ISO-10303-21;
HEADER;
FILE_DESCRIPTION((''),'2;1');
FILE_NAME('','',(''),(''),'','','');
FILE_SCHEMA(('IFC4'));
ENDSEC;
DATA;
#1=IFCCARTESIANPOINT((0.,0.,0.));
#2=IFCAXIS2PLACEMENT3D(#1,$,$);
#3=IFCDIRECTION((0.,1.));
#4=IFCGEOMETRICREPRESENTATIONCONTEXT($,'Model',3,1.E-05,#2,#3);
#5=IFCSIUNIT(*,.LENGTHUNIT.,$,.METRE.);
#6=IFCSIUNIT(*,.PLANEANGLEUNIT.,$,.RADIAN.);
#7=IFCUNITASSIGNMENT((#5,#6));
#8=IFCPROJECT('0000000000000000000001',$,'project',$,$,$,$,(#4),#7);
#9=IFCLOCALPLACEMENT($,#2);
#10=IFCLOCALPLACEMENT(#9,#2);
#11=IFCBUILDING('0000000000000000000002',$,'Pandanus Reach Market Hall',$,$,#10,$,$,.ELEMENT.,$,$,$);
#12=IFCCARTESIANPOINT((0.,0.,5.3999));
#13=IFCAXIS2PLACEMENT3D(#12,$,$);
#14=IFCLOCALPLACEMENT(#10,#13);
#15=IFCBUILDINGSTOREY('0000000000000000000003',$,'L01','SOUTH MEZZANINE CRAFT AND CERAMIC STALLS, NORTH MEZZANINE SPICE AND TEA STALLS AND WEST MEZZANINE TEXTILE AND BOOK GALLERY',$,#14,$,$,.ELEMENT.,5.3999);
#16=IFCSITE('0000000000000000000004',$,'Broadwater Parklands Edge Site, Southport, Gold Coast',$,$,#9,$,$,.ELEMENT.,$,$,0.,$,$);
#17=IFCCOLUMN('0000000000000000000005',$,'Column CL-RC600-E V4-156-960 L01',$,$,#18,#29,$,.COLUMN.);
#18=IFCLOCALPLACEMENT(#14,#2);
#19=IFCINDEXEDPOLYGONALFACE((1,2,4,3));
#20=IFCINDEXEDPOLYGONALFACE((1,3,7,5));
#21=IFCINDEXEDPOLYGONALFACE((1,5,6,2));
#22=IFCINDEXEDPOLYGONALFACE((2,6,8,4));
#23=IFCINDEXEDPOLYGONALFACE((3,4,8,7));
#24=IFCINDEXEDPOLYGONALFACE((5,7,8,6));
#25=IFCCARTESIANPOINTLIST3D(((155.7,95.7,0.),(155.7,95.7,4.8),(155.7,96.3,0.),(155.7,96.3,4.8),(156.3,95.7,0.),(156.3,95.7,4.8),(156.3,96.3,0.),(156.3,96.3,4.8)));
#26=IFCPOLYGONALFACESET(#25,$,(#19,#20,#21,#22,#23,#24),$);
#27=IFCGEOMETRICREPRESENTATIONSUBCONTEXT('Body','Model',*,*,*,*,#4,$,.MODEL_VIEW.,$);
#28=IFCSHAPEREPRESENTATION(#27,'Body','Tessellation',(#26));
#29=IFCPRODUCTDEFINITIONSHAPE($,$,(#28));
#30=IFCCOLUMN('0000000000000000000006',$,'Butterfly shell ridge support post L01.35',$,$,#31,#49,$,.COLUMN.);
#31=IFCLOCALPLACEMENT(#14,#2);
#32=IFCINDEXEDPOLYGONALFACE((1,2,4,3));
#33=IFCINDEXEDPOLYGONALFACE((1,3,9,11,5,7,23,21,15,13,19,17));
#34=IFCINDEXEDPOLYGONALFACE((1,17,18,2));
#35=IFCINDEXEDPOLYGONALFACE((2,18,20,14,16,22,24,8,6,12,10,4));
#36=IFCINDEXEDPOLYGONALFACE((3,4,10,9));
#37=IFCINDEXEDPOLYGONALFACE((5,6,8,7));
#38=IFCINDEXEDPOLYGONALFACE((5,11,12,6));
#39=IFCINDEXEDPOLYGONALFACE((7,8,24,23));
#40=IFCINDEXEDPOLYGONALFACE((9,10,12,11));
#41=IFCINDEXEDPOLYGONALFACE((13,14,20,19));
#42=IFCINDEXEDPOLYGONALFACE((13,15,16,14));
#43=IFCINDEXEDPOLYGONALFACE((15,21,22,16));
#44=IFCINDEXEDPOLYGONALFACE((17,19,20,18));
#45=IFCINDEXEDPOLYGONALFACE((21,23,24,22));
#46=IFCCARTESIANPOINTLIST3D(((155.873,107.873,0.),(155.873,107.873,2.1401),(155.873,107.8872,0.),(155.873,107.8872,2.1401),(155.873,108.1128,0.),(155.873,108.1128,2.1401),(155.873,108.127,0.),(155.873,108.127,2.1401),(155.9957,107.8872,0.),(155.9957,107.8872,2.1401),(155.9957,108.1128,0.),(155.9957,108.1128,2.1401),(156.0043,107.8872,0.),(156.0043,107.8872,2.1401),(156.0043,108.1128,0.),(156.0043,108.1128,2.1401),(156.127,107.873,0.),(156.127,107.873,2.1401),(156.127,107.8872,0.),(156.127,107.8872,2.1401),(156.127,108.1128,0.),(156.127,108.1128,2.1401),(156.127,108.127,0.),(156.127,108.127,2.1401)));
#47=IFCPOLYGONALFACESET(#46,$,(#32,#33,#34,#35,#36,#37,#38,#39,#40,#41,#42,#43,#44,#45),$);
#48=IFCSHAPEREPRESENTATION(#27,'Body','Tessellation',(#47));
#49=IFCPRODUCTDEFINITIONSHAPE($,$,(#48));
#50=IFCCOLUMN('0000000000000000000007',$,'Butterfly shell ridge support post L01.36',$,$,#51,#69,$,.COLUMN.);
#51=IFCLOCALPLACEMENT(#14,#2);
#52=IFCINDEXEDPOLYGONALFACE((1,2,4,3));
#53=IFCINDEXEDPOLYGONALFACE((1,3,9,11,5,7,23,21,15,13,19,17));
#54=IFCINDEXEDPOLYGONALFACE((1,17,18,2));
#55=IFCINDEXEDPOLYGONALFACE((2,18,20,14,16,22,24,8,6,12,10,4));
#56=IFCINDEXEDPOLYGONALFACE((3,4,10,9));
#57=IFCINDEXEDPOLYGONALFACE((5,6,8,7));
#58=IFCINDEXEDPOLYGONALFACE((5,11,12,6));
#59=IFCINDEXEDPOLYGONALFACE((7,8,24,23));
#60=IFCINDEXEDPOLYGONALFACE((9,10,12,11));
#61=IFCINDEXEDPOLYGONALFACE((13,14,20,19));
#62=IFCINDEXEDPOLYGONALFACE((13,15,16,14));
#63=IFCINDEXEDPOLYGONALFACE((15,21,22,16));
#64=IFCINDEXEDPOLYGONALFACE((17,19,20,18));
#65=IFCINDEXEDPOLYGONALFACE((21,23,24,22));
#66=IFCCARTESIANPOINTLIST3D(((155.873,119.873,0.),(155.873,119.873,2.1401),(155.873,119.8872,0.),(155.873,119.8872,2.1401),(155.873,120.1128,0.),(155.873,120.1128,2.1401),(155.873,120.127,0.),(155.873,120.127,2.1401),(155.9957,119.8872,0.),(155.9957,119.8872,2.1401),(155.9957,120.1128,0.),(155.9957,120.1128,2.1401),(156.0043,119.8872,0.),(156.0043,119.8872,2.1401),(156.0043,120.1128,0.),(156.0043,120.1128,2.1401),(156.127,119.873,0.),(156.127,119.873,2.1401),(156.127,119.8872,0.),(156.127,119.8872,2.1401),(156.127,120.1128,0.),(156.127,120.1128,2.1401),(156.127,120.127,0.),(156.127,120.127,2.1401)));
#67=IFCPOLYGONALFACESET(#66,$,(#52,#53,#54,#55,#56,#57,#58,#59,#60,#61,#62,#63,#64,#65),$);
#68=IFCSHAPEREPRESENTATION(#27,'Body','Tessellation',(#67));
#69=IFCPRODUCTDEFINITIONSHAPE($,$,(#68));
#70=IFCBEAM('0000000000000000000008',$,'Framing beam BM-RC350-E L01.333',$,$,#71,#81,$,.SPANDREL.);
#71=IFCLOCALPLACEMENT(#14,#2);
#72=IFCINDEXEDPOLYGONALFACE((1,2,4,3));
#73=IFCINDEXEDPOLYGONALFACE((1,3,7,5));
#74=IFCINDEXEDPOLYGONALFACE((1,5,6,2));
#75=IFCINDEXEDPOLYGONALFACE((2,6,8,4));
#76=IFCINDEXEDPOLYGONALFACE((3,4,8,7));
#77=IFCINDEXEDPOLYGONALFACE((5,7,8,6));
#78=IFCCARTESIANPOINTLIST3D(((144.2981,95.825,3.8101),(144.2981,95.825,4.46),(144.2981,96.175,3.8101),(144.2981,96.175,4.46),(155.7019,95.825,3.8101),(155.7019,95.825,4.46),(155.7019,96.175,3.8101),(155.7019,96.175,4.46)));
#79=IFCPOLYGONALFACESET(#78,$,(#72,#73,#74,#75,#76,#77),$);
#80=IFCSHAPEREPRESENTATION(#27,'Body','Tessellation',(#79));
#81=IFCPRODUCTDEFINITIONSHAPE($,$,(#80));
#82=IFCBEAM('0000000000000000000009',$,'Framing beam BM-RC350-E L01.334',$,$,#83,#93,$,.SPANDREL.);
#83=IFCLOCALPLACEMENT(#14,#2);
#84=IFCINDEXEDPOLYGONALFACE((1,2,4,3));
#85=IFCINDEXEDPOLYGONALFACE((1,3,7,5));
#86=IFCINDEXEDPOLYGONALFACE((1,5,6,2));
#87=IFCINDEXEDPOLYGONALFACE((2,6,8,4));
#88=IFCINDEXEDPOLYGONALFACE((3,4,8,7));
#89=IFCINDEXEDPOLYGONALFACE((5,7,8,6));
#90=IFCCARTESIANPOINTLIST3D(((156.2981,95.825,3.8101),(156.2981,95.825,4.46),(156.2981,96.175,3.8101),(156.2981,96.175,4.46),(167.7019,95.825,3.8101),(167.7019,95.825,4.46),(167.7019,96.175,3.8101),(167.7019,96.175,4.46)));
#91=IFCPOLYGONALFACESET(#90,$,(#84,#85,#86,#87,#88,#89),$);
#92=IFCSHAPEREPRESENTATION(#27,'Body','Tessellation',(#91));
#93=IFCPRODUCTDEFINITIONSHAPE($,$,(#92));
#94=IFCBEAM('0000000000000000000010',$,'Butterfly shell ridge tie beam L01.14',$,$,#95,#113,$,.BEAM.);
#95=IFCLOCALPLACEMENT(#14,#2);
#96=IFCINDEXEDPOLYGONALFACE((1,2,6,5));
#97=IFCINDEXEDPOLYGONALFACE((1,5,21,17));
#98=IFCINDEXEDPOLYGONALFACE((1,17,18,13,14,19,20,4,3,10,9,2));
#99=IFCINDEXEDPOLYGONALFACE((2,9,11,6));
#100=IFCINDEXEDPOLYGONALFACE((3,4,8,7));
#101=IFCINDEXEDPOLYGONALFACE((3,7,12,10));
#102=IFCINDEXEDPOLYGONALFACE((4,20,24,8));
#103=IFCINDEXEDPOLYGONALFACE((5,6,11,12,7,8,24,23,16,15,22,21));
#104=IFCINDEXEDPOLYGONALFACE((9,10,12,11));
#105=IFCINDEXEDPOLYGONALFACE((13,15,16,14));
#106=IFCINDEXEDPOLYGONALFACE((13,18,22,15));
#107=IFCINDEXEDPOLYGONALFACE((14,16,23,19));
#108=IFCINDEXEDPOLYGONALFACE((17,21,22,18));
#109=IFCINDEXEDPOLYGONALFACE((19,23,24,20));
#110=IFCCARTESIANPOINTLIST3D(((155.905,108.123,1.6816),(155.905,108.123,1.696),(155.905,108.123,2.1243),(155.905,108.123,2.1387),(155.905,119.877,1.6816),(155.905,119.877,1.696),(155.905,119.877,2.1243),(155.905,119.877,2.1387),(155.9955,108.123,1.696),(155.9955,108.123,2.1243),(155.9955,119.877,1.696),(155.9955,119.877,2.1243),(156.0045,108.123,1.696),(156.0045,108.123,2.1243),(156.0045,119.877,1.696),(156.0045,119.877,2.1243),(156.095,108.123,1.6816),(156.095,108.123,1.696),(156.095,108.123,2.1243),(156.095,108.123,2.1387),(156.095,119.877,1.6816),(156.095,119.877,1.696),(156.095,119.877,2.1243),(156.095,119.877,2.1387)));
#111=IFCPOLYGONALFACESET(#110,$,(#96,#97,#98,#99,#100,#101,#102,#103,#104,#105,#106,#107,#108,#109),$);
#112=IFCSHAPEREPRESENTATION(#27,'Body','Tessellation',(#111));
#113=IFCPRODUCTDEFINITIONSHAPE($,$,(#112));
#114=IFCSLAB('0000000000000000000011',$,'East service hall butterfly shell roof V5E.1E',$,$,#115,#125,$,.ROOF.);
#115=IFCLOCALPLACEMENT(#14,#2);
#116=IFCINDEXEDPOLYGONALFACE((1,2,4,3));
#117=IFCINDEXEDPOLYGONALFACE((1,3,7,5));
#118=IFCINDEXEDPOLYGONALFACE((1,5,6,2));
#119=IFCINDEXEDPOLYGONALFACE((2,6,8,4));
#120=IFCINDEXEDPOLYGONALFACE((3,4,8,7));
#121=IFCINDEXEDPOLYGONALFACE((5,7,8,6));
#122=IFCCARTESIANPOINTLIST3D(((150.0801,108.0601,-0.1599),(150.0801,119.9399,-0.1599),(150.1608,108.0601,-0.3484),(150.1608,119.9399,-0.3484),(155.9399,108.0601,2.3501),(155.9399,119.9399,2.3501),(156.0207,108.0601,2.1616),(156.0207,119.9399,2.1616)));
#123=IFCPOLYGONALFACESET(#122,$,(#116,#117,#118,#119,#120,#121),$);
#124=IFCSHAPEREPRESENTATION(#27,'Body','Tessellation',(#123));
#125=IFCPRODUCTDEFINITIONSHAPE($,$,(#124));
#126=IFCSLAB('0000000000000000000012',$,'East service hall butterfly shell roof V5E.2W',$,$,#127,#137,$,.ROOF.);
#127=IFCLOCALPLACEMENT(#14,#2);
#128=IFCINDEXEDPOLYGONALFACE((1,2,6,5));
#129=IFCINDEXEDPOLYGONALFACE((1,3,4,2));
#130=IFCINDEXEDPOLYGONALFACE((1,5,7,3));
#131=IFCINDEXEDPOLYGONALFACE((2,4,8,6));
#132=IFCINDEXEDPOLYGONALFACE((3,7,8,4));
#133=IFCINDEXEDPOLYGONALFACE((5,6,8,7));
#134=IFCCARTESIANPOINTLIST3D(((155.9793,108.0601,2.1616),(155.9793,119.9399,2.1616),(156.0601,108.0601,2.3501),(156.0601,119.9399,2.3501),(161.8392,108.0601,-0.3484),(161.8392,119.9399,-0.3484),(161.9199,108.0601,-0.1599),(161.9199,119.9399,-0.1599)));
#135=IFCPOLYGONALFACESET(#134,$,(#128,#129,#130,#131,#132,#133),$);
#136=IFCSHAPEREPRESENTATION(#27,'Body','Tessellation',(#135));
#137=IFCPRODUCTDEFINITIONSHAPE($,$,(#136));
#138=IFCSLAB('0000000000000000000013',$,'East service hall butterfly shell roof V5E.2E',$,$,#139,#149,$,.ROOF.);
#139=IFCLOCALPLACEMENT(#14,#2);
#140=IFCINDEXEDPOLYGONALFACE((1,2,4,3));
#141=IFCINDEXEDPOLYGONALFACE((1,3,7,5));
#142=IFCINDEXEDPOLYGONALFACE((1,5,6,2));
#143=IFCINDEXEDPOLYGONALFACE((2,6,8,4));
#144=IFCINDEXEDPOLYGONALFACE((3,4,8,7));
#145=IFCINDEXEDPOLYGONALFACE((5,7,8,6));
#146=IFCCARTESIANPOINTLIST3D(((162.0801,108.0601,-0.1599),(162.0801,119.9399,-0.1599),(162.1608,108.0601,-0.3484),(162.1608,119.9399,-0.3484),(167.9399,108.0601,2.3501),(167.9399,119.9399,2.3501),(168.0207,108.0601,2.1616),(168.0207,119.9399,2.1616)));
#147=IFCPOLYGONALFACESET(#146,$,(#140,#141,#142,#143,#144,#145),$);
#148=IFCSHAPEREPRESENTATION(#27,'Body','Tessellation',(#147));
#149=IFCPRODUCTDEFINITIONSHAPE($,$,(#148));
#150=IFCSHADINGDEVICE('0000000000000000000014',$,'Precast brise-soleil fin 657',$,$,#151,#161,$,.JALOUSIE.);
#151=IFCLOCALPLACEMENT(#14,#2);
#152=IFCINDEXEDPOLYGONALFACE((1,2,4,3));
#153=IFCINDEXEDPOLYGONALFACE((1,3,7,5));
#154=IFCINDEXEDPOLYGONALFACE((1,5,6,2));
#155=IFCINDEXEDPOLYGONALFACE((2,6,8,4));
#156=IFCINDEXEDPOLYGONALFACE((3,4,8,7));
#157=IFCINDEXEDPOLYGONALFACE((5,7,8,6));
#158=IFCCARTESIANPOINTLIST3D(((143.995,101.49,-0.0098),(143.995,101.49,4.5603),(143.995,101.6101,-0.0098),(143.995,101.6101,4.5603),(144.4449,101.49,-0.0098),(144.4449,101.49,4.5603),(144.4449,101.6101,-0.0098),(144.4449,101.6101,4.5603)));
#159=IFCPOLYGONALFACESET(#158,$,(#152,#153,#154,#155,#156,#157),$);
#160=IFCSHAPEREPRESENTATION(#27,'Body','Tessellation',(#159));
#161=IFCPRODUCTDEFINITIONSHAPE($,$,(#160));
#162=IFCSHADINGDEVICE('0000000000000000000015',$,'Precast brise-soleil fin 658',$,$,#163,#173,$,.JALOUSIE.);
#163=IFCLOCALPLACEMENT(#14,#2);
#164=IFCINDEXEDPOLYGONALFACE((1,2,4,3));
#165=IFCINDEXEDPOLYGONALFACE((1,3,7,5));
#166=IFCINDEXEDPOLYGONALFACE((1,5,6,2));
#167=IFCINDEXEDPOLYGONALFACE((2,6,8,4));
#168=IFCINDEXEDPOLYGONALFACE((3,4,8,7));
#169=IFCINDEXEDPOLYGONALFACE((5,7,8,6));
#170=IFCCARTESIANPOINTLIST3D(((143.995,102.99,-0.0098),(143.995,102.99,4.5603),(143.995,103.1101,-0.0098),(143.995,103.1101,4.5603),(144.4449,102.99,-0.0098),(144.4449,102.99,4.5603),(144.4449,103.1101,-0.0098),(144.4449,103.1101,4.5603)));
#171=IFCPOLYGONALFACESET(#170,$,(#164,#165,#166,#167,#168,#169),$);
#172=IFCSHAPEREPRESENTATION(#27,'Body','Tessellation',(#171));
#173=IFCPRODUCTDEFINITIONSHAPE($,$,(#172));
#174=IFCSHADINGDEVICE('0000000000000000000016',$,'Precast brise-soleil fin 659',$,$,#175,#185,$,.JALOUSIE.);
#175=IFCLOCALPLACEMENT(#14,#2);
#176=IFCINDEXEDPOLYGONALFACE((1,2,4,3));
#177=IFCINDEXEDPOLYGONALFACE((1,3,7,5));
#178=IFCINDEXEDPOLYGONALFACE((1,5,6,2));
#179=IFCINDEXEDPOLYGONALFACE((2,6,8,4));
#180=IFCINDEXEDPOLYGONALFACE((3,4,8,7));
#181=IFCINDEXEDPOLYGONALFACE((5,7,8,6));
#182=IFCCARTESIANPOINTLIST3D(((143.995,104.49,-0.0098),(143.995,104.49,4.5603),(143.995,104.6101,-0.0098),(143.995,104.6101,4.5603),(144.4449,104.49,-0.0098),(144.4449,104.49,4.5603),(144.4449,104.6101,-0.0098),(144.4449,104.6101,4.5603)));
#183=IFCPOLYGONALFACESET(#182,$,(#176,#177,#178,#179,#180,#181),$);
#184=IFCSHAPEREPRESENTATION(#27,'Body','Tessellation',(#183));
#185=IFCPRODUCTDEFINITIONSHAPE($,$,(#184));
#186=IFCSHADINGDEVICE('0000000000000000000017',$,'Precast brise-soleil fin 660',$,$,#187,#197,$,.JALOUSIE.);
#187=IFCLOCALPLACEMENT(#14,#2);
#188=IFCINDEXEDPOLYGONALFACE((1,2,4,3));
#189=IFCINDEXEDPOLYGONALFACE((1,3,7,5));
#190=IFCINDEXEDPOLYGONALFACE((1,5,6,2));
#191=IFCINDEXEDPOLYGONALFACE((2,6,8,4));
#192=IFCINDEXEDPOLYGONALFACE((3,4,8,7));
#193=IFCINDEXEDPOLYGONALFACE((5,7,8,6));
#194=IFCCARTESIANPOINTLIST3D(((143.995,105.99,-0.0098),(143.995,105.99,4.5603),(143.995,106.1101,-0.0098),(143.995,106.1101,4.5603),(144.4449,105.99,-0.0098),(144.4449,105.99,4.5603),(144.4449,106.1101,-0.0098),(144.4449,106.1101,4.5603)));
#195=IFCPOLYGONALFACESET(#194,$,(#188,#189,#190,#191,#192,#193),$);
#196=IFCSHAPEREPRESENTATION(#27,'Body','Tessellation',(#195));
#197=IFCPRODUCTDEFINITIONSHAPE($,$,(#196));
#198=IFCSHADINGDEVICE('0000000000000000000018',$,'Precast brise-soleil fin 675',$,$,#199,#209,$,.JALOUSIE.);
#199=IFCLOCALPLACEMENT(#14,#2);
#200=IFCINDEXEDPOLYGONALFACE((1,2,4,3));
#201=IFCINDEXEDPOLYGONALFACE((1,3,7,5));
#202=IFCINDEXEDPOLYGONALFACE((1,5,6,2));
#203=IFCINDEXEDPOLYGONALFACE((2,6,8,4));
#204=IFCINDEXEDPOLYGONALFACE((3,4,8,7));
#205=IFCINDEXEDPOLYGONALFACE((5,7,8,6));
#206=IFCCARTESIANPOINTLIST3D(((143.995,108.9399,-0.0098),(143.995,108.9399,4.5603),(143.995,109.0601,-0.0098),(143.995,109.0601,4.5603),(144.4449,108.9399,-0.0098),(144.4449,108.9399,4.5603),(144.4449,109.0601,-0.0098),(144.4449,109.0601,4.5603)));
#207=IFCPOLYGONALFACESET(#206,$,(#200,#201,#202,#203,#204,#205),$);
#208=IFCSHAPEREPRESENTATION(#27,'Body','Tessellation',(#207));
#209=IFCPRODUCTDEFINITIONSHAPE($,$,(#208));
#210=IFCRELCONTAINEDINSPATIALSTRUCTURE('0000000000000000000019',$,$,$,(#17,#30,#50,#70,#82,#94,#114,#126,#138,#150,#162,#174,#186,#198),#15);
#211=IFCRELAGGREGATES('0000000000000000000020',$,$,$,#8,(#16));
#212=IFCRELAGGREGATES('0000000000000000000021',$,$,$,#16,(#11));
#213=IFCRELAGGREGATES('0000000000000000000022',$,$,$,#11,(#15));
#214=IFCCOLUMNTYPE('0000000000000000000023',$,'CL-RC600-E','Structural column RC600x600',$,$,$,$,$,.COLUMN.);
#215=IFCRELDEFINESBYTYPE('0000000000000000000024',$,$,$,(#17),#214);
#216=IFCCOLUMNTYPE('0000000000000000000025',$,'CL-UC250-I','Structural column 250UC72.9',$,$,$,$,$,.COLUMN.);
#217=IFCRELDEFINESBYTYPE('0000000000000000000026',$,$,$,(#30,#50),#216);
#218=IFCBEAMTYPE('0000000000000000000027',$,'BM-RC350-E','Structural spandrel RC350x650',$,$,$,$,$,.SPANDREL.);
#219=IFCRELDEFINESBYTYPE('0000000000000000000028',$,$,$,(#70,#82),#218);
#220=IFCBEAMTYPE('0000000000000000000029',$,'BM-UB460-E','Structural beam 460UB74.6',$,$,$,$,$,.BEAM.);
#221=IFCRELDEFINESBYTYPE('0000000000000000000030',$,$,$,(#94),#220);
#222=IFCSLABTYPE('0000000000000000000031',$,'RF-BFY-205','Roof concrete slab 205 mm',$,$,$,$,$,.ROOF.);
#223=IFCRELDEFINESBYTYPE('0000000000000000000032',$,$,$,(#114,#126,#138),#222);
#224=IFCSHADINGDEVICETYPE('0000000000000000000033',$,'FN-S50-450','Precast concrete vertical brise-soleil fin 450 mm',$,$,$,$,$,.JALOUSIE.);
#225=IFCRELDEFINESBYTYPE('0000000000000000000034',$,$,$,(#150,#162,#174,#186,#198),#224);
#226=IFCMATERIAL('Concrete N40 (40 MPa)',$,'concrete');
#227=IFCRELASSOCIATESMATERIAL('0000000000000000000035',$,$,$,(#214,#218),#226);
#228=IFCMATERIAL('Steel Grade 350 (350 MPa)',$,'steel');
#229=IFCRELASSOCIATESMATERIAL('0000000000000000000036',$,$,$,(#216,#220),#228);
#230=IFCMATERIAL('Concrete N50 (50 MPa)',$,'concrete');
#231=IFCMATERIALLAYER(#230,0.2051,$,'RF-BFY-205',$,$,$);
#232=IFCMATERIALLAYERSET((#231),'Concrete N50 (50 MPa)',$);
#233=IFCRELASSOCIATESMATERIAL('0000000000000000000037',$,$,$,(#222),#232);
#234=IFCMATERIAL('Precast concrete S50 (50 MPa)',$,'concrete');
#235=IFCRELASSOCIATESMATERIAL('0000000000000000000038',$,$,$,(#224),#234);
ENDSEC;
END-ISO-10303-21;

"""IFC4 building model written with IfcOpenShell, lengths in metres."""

from ifc_helpers import new_model, si_unit, direction, frame, origin, origin_2d, place, context, subcontext, project, spatial, polyline, rectangle, i_section, outline, extrude, material, layer, layer_set, material_profile, profile_set, type_object, element, save


model = new_model("IFC4")

# Units and contexts
model_context = context("Model", 3, precision=1e-05, world=origin(), true_north=direction((0.0, 1.0)))
body_context = subcontext(model_context, "Body", "Model", "MODEL_VIEW")
ifc_project = project(units=[si_unit("LENGTHUNIT", "METRE"), si_unit("PLANEANGLEUNIT", "RADIAN")], contexts=[model_context])

# Site, building, storey
site_placement = place(None, origin())
site = spatial("IfcSite", under=ifc_project, at=site_placement, Name="Broadwater Parklands Edge Site, Southport, Gold Coast", CompositionType="ELEMENT", RefElevation=0.0)
building_placement = place(site_placement, origin())
building = spatial("IfcBuilding", under=site, at=building_placement, Name="Pandanus Reach Market Hall", CompositionType="ELEMENT")
storey_placement = place(building_placement, frame((0.0, 0.0, 5.3999)))
storey = spatial("IfcBuildingStorey", under=building, at=storey_placement, Name="L01", Description="SOUTH MEZZANINE CRAFT AND CERAMIC STALLS, NORTH MEZZANINE SPICE AND TEA STALLS AND WEST MEZZANINE TEXTILE AND BOOK GALLERY", CompositionType="ELEMENT", Elevation=5.3999)

# Columns
ifc_material_1 = material(Name="Concrete N40 (40 MPa)", Category="concrete")
ifc_material_profile_1 = material_profile(ifc_material_1, rectangle(XDim=0.6001, YDim=0.6001, at=origin_2d()), Name="RC600x600", Category="LoadBearing")
ifc_profile_set_1 = profile_set([ifc_material_profile_1], Name="Concrete N40 (40 MPa)")
column_type_1 = type_object("IfcColumnType", Name="CL-RC600-E", Description="Structural column RC600x600", PredefinedType="COLUMN", material=ifc_profile_set_1)
column_placement = place(storey_placement, frame((156.0, 96.0, 0.0), z_axis=(0.0, 0.0, 1.0), x_axis=(1.0, 0.0, 0.0)))
element("IfcColumn", 1, at=column_placement, inside=storey, type_object=column_type_1, Name="Column CL-RC600-E V4-156-960 L01", PredefinedType="COLUMN", context=body_context, shape_type="SweptSolid", body=[
    extrude(rectangle(XDim=0.6001, YDim=0.6001, at=origin_2d()), origin(), (0.0, 0.0, 1.0), 4.8),
])
ifc_material_2 = material(Name="Steel Grade 350 (350 MPa)", Category="steel")
ifc_material_profile_2 = material_profile(ifc_material_2, i_section(OverallWidth=0.2539, OverallDepth=0.2539, WebThickness=0.0085, FlangeThickness=0.0142, at=origin_2d()), Name="250UC72.9", Category="LoadBearing")
ifc_profile_set_2 = profile_set([ifc_material_profile_2], Name="Steel Grade 350 (350 MPa)")
column_type_2 = type_object("IfcColumnType", Name="CL-UC250-I", Description="Structural column 250UC72.9", PredefinedType="COLUMN", material=ifc_profile_set_2)
for number, where, z_axis, x_axis, name in (
    (2, (156.0, 108.0, 0.0), (0.0, 0.0, 1.0), (1.0, 0.0, 0.0), "Butterfly shell ridge support post L01.35"),
    (3, (156.0, 120.0, 0.0), (0.0, 0.0, 1.0), (1.0, 0.0, 0.0), "Butterfly shell ridge support post L01.36"),
):
    element("IfcColumn", number, at=place(storey_placement, frame(where, z_axis=z_axis, x_axis=x_axis)), inside=storey, type_object=column_type_2, Name=name, PredefinedType="COLUMN", context=body_context, shape_type="SweptSolid", body=[
        extrude(i_section(OverallWidth=0.2539, OverallDepth=0.2539, WebThickness=0.0085, FlangeThickness=0.0142, at=origin_2d()), origin(), (0.0, 0.0, 1.0), 2.1401),
    ])

# Beams
ifc_material_profile_3 = material_profile(ifc_material_1, rectangle(XDim=0.3501, YDim=0.6499, at=origin_2d()), Name="RC350x650", Category="LoadBearing")
ifc_profile_set_3 = profile_set([ifc_material_profile_3], Name="Concrete N40 (40 MPa)")
beam_type_1 = type_object("IfcBeamType", Name="BM-RC350-E", Description="Structural spandrel RC350x650", PredefinedType="SPANDREL", material=ifc_profile_set_3)
for number, where, z_axis, x_axis, name in (
    (4, (144.2981, 96.0, 4.135), (1.0, 0.0, 0.0), (0.0, 1.0, 0.0), "Framing beam BM-RC350-E L01.333"),
    (5, (156.2981, 96.0, 4.135), (1.0, 0.0, 0.0), (0.0, 1.0, 0.0), "Framing beam BM-RC350-E L01.334"),
):
    element("IfcBeam", number, at=place(storey_placement, frame(where, z_axis=z_axis, x_axis=x_axis)), inside=storey, type_object=beam_type_1, Name=name, PredefinedType="SPANDREL", context=body_context, shape_type="SweptSolid", body=[
        extrude(rectangle(XDim=0.3501, YDim=0.6499, at=origin_2d()), origin(), (0.0, 0.0, 1.0), 11.4038),
    ])
ifc_material_profile_4 = material_profile(ifc_material_2, i_section(OverallWidth=0.1899, OverallDepth=0.457, WebThickness=0.009, FlangeThickness=0.0144, at=origin_2d()), Name="460UB74.6", Category="LoadBearing")
ifc_profile_set_4 = profile_set([ifc_material_profile_4], Name="Steel Grade 350 (350 MPa)")
beam_type_2 = type_object("IfcBeamType", Name="BM-UB460-E", Description="Structural beam 460UB74.6", PredefinedType="BEAM", material=ifc_profile_set_4)
beam_placement = place(storey_placement, frame((156.0, 108.123, 1.9102), z_axis=(0.0, 1.0, 0.0), x_axis=(-1.0, 0.0, 0.0)))
element("IfcBeam", 6, at=beam_placement, inside=storey, type_object=beam_type_2, Name="Butterfly shell ridge tie beam L01.14", PredefinedType="BEAM", context=body_context, shape_type="SweptSolid", body=[
    extrude(i_section(OverallWidth=0.1899, OverallDepth=0.457, WebThickness=0.009, FlangeThickness=0.0144, at=origin_2d()), origin(), (0.0, 0.0, 1.0), 11.7539),
])

# Slabs
ifc_material_3 = material(Name="Concrete N50 (50 MPa)", Category="concrete")
ifc_layer = layer(ifc_material_3, 0.2051, Name="RF-BFY-205")
ifc_layer_set = layer_set([ifc_layer], Name="Concrete N50 (50 MPa)")
slab_type = type_object("IfcSlabType", Name="RF-BFY-205", Description="Roof concrete slab 205 mm", PredefinedType="ROOF", material=ifc_layer_set)
for number, where, z_axis, x_axis, name in (
    (7, (150.0801, 108.0601, -0.1599), (-0.393739, 0.0, 0.919222), (0.919222, 0.0, 0.393739), "East service hall butterfly shell roof V5E.1E"),
    (8, (156.0601, 108.0601, 2.3501), (0.393739, 0.0, 0.919222), (0.919222, 0.0, -0.393739), "East service hall butterfly shell roof V5E.2W"),
    (9, (162.0801, 108.0601, -0.1599), (-0.393739, 0.0, 0.919222), (0.919222, 0.0, 0.393739), "East service hall butterfly shell roof V5E.2E"),
):
    element("IfcSlab", number, at=place(storey_placement, frame(where, z_axis=z_axis, x_axis=x_axis)), inside=storey, type_object=slab_type, Name=name, PredefinedType="ROOF", context=body_context, shape_type="SweptSolid", body=[
        extrude(outline(polyline([(0.0, 0.0), (6.3748, 0.0), (6.3748, 11.8799), (0.0, 11.8799), (0.0, 0.0)])), origin(), (0.0, 0.0, -1.0), 0.2051),
    ])

# Shading devices
ifc_material_4 = material(Name="Precast concrete S50 (50 MPa)", Category="concrete")
shading_device_type = type_object("IfcShadingDeviceType", Name="FN-S50-450", Description="Precast concrete vertical brise-soleil fin 450 mm", PredefinedType="JALOUSIE", material=ifc_material_4)
for number, where, z_axis, x_axis, name in (
    (10, (144.22, 101.55, -0.0098), (0.0, 0.0, 1.0), (1.0, 0.0, 0.0), "Precast brise-soleil fin 657"),
    (11, (144.22, 103.05, -0.0098), (0.0, 0.0, 1.0), (1.0, 0.0, 0.0), "Precast brise-soleil fin 658"),
    (12, (144.22, 104.55, -0.0098), (0.0, 0.0, 1.0), (1.0, 0.0, 0.0), "Precast brise-soleil fin 659"),
    (13, (144.22, 106.05, -0.0098), (0.0, 0.0, 1.0), (1.0, 0.0, 0.0), "Precast brise-soleil fin 660"),
    (14, (144.22, 109.0, -0.0098), (0.0, 0.0, 1.0), (1.0, 0.0, 0.0), "Precast brise-soleil fin 675"),
):
    element("IfcShadingDevice", number, at=place(storey_placement, frame(where, z_axis=z_axis, x_axis=x_axis)), inside=storey, type_object=shading_device_type, Name=name, PredefinedType="JALOUSIE", context=body_context, shape_type="SweptSolid", body=[
        extrude(rectangle(XDim=0.45, YDim=0.1201, at=origin_2d()), origin(), (0.0, 0.0, 1.0), 4.5701),
    ])

save(model, "model.ifc")
